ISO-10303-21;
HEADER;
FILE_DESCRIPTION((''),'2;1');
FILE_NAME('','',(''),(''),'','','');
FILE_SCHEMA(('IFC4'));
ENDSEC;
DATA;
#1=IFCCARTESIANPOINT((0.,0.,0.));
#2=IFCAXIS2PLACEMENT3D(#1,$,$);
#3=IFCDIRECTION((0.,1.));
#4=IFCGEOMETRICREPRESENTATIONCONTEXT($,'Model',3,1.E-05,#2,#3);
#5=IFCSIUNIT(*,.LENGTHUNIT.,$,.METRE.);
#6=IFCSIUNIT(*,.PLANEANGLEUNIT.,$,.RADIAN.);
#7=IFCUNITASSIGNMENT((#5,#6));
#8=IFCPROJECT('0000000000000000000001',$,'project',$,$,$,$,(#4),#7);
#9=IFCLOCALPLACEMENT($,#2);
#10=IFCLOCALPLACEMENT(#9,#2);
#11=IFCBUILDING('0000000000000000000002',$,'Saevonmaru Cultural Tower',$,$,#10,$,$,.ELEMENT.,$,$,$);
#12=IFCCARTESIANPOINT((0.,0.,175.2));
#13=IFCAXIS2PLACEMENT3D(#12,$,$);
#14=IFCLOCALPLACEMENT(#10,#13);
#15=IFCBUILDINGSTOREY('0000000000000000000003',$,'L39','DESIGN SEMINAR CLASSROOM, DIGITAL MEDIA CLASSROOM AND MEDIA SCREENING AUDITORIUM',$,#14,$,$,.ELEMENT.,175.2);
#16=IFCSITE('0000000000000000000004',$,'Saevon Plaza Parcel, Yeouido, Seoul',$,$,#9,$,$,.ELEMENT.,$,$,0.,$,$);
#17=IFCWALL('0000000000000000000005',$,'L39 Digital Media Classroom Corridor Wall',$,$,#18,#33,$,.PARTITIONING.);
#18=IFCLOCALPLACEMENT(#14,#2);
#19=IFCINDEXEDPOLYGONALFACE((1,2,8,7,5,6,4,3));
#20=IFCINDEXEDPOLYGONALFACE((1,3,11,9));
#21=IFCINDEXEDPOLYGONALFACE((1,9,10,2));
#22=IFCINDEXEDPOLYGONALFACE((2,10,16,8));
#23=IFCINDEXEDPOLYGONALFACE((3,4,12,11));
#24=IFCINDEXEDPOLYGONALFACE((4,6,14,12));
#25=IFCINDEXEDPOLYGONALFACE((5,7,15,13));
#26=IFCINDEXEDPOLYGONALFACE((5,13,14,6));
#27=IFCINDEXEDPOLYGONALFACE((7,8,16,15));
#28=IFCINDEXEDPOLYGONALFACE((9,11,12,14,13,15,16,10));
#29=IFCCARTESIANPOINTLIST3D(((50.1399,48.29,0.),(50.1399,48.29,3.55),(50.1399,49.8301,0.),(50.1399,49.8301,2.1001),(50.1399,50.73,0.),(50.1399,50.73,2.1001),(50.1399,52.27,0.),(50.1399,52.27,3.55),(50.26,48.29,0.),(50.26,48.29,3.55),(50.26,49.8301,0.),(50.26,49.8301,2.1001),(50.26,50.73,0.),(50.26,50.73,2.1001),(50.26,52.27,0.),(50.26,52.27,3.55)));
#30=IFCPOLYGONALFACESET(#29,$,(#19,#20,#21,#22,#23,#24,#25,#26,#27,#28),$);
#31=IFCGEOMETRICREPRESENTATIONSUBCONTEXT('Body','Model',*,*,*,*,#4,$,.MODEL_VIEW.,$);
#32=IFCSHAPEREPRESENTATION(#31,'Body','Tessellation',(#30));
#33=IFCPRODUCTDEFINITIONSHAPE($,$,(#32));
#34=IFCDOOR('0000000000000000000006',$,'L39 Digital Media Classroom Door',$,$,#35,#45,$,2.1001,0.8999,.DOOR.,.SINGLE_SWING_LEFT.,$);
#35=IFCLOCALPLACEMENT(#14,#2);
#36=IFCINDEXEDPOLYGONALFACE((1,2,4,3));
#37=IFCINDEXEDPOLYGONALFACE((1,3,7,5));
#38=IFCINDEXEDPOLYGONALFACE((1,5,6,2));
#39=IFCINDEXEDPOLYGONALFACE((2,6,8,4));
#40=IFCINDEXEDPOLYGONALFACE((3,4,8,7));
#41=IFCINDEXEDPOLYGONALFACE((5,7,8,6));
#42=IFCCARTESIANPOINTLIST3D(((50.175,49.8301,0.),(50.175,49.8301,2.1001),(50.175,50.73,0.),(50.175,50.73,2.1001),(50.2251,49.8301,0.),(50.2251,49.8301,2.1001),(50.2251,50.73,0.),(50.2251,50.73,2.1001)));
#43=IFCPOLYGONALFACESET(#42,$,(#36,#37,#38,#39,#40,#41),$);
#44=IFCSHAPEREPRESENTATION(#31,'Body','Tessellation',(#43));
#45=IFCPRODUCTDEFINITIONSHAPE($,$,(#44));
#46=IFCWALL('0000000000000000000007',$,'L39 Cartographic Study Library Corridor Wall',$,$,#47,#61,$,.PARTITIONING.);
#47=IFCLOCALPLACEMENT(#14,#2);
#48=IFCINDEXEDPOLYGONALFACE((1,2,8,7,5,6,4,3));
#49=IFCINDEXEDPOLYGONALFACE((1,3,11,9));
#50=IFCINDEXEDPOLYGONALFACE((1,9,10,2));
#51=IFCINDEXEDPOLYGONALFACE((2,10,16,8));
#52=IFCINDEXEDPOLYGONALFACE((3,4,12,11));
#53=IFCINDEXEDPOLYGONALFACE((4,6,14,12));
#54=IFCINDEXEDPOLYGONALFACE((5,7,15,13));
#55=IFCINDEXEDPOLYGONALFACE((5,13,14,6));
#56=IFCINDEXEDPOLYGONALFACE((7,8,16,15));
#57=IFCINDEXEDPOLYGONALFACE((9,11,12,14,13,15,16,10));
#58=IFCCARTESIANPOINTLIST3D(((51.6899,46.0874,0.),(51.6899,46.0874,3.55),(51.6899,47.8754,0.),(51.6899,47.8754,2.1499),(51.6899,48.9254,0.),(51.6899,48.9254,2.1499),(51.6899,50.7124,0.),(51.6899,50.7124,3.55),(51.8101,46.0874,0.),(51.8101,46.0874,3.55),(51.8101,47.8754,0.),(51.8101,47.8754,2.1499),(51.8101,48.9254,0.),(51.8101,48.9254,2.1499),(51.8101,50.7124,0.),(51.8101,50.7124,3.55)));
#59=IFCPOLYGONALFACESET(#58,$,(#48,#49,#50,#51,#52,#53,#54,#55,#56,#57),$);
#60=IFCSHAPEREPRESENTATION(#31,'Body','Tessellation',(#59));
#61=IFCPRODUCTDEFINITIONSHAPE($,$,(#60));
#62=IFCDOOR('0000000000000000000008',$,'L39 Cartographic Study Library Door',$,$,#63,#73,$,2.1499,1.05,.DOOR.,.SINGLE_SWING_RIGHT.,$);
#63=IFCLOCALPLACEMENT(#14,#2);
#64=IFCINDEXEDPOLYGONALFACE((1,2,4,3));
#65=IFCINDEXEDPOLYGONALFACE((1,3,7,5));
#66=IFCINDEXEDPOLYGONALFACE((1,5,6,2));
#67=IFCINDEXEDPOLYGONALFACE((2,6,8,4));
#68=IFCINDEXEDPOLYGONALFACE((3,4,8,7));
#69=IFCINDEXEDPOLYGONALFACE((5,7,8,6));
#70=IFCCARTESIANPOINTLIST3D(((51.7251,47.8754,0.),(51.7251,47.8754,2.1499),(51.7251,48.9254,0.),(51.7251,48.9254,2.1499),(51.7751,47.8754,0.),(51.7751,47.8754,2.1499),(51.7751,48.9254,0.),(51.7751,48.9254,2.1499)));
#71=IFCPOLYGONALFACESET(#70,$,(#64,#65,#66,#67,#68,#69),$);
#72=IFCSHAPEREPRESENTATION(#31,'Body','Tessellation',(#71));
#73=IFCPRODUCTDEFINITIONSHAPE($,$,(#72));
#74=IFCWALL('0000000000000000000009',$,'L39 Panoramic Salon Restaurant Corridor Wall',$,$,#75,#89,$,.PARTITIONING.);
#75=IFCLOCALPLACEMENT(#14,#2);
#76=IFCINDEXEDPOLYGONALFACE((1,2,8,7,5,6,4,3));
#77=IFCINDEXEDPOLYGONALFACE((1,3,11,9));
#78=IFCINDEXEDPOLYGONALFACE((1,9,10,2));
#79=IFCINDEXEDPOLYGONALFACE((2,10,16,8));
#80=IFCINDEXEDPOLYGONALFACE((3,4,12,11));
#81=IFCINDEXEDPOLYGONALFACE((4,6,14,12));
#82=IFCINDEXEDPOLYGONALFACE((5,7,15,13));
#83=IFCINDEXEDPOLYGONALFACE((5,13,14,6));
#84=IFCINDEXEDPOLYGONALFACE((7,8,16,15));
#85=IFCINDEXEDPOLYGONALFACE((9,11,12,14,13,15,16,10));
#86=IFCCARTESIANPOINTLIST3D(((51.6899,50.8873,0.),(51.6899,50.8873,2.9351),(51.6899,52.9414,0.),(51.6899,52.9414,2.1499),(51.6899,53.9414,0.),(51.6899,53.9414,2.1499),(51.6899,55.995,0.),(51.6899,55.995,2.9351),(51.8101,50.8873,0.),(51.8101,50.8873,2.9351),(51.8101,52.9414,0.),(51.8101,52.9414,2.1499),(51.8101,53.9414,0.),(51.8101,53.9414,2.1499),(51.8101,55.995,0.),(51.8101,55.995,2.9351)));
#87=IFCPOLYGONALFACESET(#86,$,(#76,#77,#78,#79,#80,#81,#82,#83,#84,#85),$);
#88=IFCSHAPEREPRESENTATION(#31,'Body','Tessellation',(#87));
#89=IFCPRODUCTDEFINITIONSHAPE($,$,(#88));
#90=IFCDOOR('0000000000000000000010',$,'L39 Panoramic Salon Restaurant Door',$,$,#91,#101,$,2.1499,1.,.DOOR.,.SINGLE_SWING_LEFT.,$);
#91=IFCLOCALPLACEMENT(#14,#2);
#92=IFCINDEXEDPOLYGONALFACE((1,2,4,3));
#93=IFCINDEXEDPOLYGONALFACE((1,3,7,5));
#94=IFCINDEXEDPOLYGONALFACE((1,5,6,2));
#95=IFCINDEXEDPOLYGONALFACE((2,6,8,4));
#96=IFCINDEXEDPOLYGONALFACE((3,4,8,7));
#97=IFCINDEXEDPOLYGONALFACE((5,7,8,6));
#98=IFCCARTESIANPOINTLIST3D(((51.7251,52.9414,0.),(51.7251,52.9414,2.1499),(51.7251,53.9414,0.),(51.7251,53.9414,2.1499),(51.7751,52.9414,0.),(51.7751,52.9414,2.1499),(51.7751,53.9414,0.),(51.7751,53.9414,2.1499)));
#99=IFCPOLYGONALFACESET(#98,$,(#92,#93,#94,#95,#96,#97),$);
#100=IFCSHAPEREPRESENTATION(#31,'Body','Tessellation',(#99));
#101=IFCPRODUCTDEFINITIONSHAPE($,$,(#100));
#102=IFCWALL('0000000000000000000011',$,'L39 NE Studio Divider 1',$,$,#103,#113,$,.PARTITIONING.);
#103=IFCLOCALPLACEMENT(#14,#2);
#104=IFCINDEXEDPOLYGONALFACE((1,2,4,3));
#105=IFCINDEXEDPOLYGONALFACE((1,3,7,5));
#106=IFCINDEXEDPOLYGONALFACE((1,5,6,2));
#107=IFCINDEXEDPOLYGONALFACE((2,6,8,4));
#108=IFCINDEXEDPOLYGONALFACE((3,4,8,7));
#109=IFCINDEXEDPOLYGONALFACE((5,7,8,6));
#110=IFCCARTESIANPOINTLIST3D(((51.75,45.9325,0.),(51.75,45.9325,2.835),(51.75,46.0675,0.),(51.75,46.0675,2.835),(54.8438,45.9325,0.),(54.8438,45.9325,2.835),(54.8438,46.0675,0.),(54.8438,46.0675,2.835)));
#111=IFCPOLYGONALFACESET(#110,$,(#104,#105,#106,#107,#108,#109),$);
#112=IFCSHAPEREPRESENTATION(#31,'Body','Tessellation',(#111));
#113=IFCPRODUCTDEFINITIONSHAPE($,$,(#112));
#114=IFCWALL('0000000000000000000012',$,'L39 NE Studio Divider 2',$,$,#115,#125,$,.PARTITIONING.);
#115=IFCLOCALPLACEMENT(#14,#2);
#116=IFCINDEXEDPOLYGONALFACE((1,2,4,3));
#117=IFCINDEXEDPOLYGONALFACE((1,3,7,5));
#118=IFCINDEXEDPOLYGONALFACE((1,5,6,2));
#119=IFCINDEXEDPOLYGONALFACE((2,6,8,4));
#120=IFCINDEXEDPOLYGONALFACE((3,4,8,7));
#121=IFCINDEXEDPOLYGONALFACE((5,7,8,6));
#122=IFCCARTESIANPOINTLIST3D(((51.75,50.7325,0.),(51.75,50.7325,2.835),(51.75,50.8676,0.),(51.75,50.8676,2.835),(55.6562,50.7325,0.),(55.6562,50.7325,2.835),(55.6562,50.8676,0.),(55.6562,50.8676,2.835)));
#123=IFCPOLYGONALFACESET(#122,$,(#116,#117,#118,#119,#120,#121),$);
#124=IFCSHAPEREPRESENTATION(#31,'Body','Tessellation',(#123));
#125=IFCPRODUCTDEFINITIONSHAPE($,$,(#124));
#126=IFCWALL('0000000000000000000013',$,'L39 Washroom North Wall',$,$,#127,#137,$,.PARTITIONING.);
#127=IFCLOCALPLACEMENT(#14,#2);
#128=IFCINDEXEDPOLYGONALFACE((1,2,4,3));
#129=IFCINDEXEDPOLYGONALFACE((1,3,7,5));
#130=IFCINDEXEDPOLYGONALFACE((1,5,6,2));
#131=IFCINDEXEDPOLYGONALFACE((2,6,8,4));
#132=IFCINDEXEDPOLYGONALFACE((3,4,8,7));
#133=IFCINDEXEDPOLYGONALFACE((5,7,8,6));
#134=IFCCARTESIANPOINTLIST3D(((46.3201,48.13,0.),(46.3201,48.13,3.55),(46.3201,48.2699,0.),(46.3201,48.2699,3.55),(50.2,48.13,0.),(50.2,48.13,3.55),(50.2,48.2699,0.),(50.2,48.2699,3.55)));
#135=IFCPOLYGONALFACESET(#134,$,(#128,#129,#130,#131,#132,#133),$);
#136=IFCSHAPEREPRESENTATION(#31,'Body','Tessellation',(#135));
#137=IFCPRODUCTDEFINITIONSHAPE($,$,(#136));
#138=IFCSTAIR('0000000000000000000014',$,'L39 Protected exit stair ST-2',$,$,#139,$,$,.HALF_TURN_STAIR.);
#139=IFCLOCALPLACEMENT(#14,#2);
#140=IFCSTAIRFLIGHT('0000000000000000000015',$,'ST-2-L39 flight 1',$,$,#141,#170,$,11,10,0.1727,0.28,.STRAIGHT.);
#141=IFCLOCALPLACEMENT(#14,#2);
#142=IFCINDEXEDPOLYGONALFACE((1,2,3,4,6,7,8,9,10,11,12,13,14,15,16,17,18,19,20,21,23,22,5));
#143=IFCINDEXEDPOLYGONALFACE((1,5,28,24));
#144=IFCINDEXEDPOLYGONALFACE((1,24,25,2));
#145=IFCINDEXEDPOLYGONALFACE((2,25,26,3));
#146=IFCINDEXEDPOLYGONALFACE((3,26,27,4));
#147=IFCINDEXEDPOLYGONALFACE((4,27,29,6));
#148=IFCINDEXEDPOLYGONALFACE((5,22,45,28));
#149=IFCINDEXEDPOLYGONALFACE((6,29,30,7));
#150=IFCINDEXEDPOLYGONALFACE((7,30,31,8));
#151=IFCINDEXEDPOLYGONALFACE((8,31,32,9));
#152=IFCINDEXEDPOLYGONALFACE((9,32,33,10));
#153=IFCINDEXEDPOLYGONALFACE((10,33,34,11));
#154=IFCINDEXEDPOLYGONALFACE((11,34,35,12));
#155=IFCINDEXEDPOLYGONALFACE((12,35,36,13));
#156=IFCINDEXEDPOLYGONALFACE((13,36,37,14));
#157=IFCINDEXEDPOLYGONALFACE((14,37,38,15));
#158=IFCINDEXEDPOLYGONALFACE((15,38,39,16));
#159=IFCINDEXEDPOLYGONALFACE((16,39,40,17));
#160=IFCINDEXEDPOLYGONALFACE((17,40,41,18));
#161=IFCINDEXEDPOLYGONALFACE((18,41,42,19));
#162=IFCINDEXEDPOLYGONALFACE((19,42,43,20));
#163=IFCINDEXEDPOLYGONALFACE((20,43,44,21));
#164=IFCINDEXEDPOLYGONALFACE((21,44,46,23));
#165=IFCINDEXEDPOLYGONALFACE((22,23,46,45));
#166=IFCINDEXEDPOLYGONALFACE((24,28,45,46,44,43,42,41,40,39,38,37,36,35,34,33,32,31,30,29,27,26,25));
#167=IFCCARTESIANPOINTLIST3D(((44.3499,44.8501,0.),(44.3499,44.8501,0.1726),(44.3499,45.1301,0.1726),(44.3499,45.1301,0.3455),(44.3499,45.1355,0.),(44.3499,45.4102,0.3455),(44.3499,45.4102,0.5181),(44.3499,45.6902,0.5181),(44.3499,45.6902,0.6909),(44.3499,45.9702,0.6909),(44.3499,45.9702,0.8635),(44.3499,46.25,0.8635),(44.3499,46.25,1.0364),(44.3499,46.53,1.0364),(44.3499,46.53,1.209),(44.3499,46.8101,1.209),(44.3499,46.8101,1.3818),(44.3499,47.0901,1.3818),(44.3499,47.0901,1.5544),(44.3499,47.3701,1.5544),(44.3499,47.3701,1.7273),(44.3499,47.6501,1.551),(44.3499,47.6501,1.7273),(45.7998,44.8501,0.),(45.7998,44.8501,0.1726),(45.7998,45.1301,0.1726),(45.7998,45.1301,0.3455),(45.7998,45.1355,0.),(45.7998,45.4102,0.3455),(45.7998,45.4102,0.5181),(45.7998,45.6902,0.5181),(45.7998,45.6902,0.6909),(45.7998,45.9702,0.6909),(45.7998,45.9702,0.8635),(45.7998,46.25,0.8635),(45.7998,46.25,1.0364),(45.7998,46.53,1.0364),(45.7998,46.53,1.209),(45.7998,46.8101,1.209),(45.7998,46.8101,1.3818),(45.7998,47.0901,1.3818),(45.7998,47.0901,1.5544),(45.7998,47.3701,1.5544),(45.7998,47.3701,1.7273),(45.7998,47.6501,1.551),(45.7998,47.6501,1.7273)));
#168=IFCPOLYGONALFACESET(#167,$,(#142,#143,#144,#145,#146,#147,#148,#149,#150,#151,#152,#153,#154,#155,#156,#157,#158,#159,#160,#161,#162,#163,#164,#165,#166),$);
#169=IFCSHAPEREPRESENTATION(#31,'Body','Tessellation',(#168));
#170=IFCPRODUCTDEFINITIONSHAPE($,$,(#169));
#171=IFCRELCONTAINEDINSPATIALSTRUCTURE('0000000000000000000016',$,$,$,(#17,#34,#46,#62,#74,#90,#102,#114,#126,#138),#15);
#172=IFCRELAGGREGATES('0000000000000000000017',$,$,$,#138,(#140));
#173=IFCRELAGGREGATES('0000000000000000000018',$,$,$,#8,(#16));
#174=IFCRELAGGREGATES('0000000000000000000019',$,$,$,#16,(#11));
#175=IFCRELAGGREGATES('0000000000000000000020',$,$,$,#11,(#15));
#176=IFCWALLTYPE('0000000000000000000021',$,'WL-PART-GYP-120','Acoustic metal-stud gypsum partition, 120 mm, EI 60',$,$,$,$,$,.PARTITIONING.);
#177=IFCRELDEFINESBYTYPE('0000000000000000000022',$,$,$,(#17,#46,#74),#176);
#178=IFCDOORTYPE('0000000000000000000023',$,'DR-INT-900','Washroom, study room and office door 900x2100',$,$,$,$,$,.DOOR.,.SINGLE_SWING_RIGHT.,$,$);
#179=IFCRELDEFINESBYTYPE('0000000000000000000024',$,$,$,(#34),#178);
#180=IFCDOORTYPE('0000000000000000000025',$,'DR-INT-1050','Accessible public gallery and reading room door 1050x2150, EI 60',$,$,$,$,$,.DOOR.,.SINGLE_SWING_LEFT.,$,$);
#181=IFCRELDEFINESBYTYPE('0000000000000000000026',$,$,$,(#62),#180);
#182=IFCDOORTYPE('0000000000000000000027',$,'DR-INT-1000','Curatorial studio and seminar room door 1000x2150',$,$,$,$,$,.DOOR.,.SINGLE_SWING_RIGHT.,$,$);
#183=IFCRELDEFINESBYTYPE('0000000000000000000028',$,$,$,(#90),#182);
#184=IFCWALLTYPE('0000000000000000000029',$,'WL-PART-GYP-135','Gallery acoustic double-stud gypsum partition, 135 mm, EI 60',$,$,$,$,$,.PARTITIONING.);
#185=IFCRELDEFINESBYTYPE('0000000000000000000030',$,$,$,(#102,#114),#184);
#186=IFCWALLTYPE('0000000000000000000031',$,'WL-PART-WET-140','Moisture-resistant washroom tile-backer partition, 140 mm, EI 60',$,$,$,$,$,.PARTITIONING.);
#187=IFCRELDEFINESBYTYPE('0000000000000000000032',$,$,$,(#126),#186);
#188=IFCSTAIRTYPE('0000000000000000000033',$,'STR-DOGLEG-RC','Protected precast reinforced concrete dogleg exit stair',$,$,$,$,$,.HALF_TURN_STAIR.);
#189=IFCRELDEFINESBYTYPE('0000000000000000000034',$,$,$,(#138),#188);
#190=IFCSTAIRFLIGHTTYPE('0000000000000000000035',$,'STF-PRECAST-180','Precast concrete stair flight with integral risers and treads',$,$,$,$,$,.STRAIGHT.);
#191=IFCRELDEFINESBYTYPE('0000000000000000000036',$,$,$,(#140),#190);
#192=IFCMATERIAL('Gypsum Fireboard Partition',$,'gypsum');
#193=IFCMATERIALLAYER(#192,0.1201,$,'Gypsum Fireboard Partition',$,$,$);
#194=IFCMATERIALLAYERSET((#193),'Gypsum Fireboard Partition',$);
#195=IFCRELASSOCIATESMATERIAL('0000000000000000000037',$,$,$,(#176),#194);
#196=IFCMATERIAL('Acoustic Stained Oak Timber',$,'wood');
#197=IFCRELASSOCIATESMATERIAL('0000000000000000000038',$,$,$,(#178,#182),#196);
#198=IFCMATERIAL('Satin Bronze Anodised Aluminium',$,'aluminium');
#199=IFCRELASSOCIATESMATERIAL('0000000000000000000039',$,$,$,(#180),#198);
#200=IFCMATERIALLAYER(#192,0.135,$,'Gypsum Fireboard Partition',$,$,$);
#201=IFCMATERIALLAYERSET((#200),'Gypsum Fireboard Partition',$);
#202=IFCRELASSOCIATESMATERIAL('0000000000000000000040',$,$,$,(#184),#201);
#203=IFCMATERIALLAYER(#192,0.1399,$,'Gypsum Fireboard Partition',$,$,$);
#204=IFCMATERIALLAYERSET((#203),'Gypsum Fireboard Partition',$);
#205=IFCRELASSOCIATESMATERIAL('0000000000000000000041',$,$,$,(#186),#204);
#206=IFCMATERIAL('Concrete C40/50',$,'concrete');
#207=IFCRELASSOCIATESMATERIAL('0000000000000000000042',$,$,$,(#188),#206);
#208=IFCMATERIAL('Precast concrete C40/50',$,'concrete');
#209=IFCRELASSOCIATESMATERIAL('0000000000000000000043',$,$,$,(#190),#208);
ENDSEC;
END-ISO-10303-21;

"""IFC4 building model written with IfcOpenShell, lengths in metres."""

from ifc_helpers import new_model, si_unit, direction, frame, frame_2d, origin, place, context, subcontext, project, spatial, polyline, rectangle, outline, extrude, material, layer, layer_set, type_object, element, fill, aggregate, save


model = new_model("IFC4")

# Units and contexts
model_context = context("Model", 3, precision=1e-05, world=origin(), true_north=direction((0.0, 1.0)))
body_context = subcontext(model_context, "Body", "Model", "MODEL_VIEW")
ifc_project = project(units=[si_unit("LENGTHUNIT", "METRE"), si_unit("PLANEANGLEUNIT", "RADIAN")], contexts=[model_context])

# Site, building, storey
site_placement = place(None, origin())
site = spatial("IfcSite", under=ifc_project, at=site_placement, Name="Saevon Plaza Parcel, Yeouido, Seoul", CompositionType="ELEMENT", RefElevation=0.0)
building_placement = place(site_placement, origin())
building = spatial("IfcBuilding", under=site, at=building_placement, Name="Saevonmaru Cultural Tower", CompositionType="ELEMENT")
storey_placement = place(building_placement, frame((0.0, 0.0, 175.2)))
storey = spatial("IfcBuildingStorey", under=building, at=storey_placement, Name="L39", Description="DESIGN SEMINAR CLASSROOM, DIGITAL MEDIA CLASSROOM AND MEDIA SCREENING AUDITORIUM", CompositionType="ELEMENT", Elevation=175.2)

# Shared definitions
ifc_material_1 = material(Name="Satin Bronze Anodised Aluminium", Category="aluminium")

# Walls, openings, doors
ifc_material_2 = material(Name="Gypsum Fireboard Partition", Category="gypsum")
ifc_layer_1 = layer(ifc_material_2, 0.1201, Name="Gypsum Fireboard Partition")
ifc_layer_set_1 = layer_set([ifc_layer_1], Name="Gypsum Fireboard Partition")
wall_type_1 = type_object("IfcWallType", Name="WL-PART-GYP-120", Description="Acoustic metal-stud gypsum partition, 120 mm, EI 60", PredefinedType="PARTITIONING", material=ifc_layer_set_1)
wall_1_placement = place(storey_placement, frame((50.2, 48.29, 0.0), z_axis=(0.0, 0.0, 1.0), x_axis=(0.0, 1.0, 0.0)))
wall_1 = element("IfcWall", 1, at=wall_1_placement, inside=storey, type_object=wall_type_1, Name="L39 Digital Media Classroom Corridor Wall", PredefinedType="PARTITIONING", context=body_context, shape_type="SweptSolid", body=[
    extrude(rectangle(XDim=3.98, YDim=0.1201, at=frame_2d((1.99, 0.0))), origin(), (0.0, 0.0, 1.0), 3.55),
])
opening_1_placement = place(wall_1_placement, frame((1.54, 0.0, 0.0)))
opening_1 = element("IfcOpeningElement", 2, at=opening_1_placement, cuts=wall_1, PredefinedType="OPENING", context=body_context, shape_type="SweptSolid", body=[
    extrude(rectangle(XDim=0.8999, YDim=2.1001, at=frame_2d((0.45, 1.05))), frame((0.0, 0.0701, 0.0), z_axis=(0.0, -1.0, 0.0), x_axis=(1.0, 0.0, 0.0)), (0.0, 0.0, 1.0), 0.1401),
])
ifc_material_3 = material(Name="Acoustic Stained Oak Timber", Category="wood")
door_type_1 = type_object("IfcDoorType", Name="DR-INT-900", Description="Washroom, study room and office door 900x2100", OperationType="SINGLE_SWING_RIGHT", PredefinedType="DOOR", material=ifc_material_3)
door_1_placement = place(opening_1_placement, origin())
door_1 = element("IfcDoor", 3, at=door_1_placement, inside=storey, type_object=door_type_1, Name="L39 Digital Media Classroom Door", OperationType="SINGLE_SWING_LEFT", OverallHeight=2.1001, OverallWidth=0.8999, PredefinedType="DOOR", context=body_context, shape_type="SweptSolid", body=[
    extrude(rectangle(XDim=0.8999, YDim=2.1001, at=frame_2d((0.45, 1.05))), frame((0.0, 0.0249, 0.0), z_axis=(0.0, -1.0, 0.0), x_axis=(1.0, 0.0, 0.0)), (0.0, 0.0, 1.0), 0.05),
])
fill(opening_1, door_1)
wall_2_placement = place(storey_placement, frame((51.75, 46.0874, 0.0), z_axis=(0.0, 0.0, 1.0), x_axis=(0.0, 1.0, 0.0)))
wall_2 = element("IfcWall", 4, at=wall_2_placement, inside=storey, type_object=wall_type_1, Name="L39 Cartographic Study Library Corridor Wall", PredefinedType="PARTITIONING", context=body_context, shape_type="SweptSolid", body=[
    extrude(rectangle(XDim=4.625, YDim=0.1201, at=frame_2d((2.3125, 0.0))), origin(), (0.0, 0.0, 1.0), 3.55),
])
opening_2_placement = place(wall_2_placement, frame((1.7881, 0.0, 0.0)))
opening_2 = element("IfcOpeningElement", 5, at=opening_2_placement, cuts=wall_2, PredefinedType="OPENING", context=body_context, shape_type="SweptSolid", body=[
    extrude(rectangle(XDim=1.05, YDim=2.1499, at=frame_2d((0.5249, 1.075))), frame((0.0, 0.0701, 0.0), z_axis=(0.0, -1.0, 0.0), x_axis=(1.0, 0.0, 0.0)), (0.0, 0.0, 1.0), 0.1401),
])
door_type_2 = type_object("IfcDoorType", Name="DR-INT-1050", Description="Accessible public gallery and reading room door 1050x2150, EI 60", OperationType="SINGLE_SWING_LEFT", PredefinedType="DOOR", material=ifc_material_1)
door_2_placement = place(opening_2_placement, origin())
door_2 = element("IfcDoor", 6, at=door_2_placement, inside=storey, type_object=door_type_2, Name="L39 Cartographic Study Library Door", OperationType="SINGLE_SWING_RIGHT", OverallHeight=2.1499, OverallWidth=1.05, PredefinedType="DOOR", context=body_context, shape_type="SweptSolid", body=[
    extrude(rectangle(XDim=1.05, YDim=2.1499, at=frame_2d((0.5249, 1.075))), frame((0.0, 0.0249, 0.0), z_axis=(0.0, -1.0, 0.0), x_axis=(1.0, 0.0, 0.0)), (0.0, 0.0, 1.0), 0.05),
])
fill(opening_2, door_2)
wall_3_placement = place(storey_placement, frame((51.75, 50.8875, 0.0), z_axis=(0.0, 0.0, 1.0), x_axis=(0.0, 1.0, 0.0)))
wall_3 = element("IfcWall", 7, at=wall_3_placement, inside=storey, type_object=wall_type_1, Name="L39 Panoramic Salon Restaurant Corridor Wall", PredefinedType="PARTITIONING", context=body_context, shape_type="SweptSolid", body=[
    extrude(rectangle(XDim=5.1077, YDim=0.1201, at=frame_2d((2.5537, 0.0))), origin(), (0.0, 0.0, 1.0), 2.9351),
])
opening_3_placement = place(wall_3_placement, frame((2.054, 0.0, 0.0)))
opening_3 = element("IfcOpeningElement", 8, at=opening_3_placement, cuts=wall_3, PredefinedType="OPENING", context=body_context, shape_type="SweptSolid", body=[
    extrude(rectangle(XDim=1.0, YDim=2.1499, at=frame_2d((0.5, 1.075))), frame((0.0, 0.0701, 0.0), z_axis=(0.0, -1.0, 0.0), x_axis=(1.0, 0.0, 0.0)), (0.0, 0.0, 1.0), 0.1401),
])
door_type_3 = type_object("IfcDoorType", Name="DR-INT-1000", Description="Curatorial studio and seminar room door 1000x2150", OperationType="SINGLE_SWING_RIGHT", PredefinedType="DOOR", material=ifc_material_3)
door_3_placement = place(opening_3_placement, origin())
door_3 = element("IfcDoor", 9, at=door_3_placement, inside=storey, type_object=door_type_3, Name="L39 Panoramic Salon Restaurant Door", OperationType="SINGLE_SWING_LEFT", OverallHeight=2.1499, OverallWidth=1.0, PredefinedType="DOOR", context=body_context, shape_type="SweptSolid", body=[
    extrude(rectangle(XDim=1.0, YDim=2.1499, at=frame_2d((0.5, 1.075))), frame((0.0, 0.0249, 0.0), z_axis=(0.0, -1.0, 0.0), x_axis=(1.0, 0.0, 0.0)), (0.0, 0.0, 1.0), 0.05),
])
fill(opening_3, door_3)

# Walls
ifc_layer_2 = layer(ifc_material_2, 0.135, Name="Gypsum Fireboard Partition")
ifc_layer_set_2 = layer_set([ifc_layer_2], Name="Gypsum Fireboard Partition")
wall_type_2 = type_object("IfcWallType", Name="WL-PART-GYP-135", Description="Gallery acoustic double-stud gypsum partition, 135 mm, EI 60", PredefinedType="PARTITIONING", material=ifc_layer_set_2)
wall_4_placement = place(storey_placement, frame((51.75, 46.0, 0.0), z_axis=(0.0, 0.0, 1.0), x_axis=(1.0, 0.0, 0.0)))
element("IfcWall", 10, at=wall_4_placement, inside=storey, type_object=wall_type_2, Name="L39 NE Studio Divider 1", PredefinedType="PARTITIONING", context=body_context, shape_type="SweptSolid", body=[
    extrude(rectangle(XDim=3.0938, YDim=0.135, at=frame_2d((1.5469, 0.0))), origin(), (0.0, 0.0, 1.0), 2.835),
])
wall_5_placement = place(storey_placement, frame((51.75, 50.8, 0.0), z_axis=(0.0, 0.0, 1.0), x_axis=(1.0, 0.0, 0.0)))
element("IfcWall", 11, at=wall_5_placement, inside=storey, type_object=wall_type_2, Name="L39 NE Studio Divider 2", PredefinedType="PARTITIONING", context=body_context, shape_type="SweptSolid", body=[
    extrude(rectangle(XDim=3.9062, YDim=0.135, at=frame_2d((1.9531, 0.0))), origin(), (0.0, 0.0, 1.0), 2.835),
])
ifc_layer_3 = layer(ifc_material_2, 0.1399, Name="Gypsum Fireboard Partition")
ifc_layer_set_3 = layer_set([ifc_layer_3], Name="Gypsum Fireboard Partition")
wall_type_3 = type_object("IfcWallType", Name="WL-PART-WET-140", Description="Moisture-resistant washroom tile-backer partition, 140 mm, EI 60", PredefinedType="PARTITIONING", material=ifc_layer_set_3)
wall_6_placement = place(storey_placement, frame((46.3201, 48.2, 0.0), z_axis=(0.0, 0.0, 1.0), x_axis=(1.0, 0.0, 0.0)))
element("IfcWall", 12, at=wall_6_placement, inside=storey, type_object=wall_type_3, Name="L39 Washroom North Wall", PredefinedType="PARTITIONING", context=body_context, shape_type="SweptSolid", body=[
    extrude(rectangle(XDim=3.8799, YDim=0.1399, at=frame_2d((1.9399, 0.0))), origin(), (0.0, 0.0, 1.0), 3.55),
])

# Stair, stair flight
ifc_material_4 = material(Name="Concrete C40/50", Category="concrete")
stair_type = type_object("IfcStairType", Name="STR-DOGLEG-RC", Description="Protected precast reinforced concrete dogleg exit stair", PredefinedType="HALF_TURN_STAIR", material=ifc_material_4)
stair_placement = place(storey_placement, origin())
stair = element("IfcStair", 13, at=stair_placement, inside=storey, type_object=stair_type, Name="L39 Protected exit stair ST-2", PredefinedType="HALF_TURN_STAIR")
ifc_material_5 = material(Name="Precast concrete C40/50", Category="concrete")
stair_flight_type = type_object("IfcStairFlightType", Name="STF-PRECAST-180", Description="Precast concrete stair flight with integral risers and treads", PredefinedType="STRAIGHT", material=ifc_material_5)
stair_flight_placement = place(storey_placement, frame((45.075, 44.8501, 0.0), z_axis=(0.0, 0.0, 1.0), x_axis=(0.0, 1.0, 0.0)))
stair_flight = element("IfcStairFlight", 14, at=stair_flight_placement, type_object=stair_flight_type, Name="ST-2-L39 flight 1", NumberOfRisers=11, NumberOfTreads=10, PredefinedType="STRAIGHT", RiserHeight=0.1727, TreadLength=0.28, context=body_context, shape_type="SweptSolid", body=[
    extrude(outline(polyline([(0.0, 0.0), (0.0, 0.1726), (0.28, 0.1726), (0.28, 0.3455), (0.5601, 0.3455), (0.5601, 0.5181), (0.8401, 0.5181), (0.8401, 0.6909), (1.1201, 0.6909), (1.1201, 0.8635), (1.3999, 0.8635), (1.3999, 1.0364), (1.6799, 1.0364), (1.6799, 1.209), (1.96, 1.209), (1.96, 1.3818), (2.24, 1.3818), (2.24, 1.5544), (2.52, 1.5544), (2.52, 1.7273), (2.8, 1.7273), (2.8, 1.8999), (2.8, 1.551), (0.2854, 0.0), (0.0, 0.0)])), frame((0.0, 0.7251, 0.0), z_axis=(0.0, -1.0, 0.0), x_axis=(1.0, 0.0, 0.0)), (0.0, 0.0, 1.0), 1.45),
])
aggregate(stair, [stair_flight])

save(model, "model.ifc")
